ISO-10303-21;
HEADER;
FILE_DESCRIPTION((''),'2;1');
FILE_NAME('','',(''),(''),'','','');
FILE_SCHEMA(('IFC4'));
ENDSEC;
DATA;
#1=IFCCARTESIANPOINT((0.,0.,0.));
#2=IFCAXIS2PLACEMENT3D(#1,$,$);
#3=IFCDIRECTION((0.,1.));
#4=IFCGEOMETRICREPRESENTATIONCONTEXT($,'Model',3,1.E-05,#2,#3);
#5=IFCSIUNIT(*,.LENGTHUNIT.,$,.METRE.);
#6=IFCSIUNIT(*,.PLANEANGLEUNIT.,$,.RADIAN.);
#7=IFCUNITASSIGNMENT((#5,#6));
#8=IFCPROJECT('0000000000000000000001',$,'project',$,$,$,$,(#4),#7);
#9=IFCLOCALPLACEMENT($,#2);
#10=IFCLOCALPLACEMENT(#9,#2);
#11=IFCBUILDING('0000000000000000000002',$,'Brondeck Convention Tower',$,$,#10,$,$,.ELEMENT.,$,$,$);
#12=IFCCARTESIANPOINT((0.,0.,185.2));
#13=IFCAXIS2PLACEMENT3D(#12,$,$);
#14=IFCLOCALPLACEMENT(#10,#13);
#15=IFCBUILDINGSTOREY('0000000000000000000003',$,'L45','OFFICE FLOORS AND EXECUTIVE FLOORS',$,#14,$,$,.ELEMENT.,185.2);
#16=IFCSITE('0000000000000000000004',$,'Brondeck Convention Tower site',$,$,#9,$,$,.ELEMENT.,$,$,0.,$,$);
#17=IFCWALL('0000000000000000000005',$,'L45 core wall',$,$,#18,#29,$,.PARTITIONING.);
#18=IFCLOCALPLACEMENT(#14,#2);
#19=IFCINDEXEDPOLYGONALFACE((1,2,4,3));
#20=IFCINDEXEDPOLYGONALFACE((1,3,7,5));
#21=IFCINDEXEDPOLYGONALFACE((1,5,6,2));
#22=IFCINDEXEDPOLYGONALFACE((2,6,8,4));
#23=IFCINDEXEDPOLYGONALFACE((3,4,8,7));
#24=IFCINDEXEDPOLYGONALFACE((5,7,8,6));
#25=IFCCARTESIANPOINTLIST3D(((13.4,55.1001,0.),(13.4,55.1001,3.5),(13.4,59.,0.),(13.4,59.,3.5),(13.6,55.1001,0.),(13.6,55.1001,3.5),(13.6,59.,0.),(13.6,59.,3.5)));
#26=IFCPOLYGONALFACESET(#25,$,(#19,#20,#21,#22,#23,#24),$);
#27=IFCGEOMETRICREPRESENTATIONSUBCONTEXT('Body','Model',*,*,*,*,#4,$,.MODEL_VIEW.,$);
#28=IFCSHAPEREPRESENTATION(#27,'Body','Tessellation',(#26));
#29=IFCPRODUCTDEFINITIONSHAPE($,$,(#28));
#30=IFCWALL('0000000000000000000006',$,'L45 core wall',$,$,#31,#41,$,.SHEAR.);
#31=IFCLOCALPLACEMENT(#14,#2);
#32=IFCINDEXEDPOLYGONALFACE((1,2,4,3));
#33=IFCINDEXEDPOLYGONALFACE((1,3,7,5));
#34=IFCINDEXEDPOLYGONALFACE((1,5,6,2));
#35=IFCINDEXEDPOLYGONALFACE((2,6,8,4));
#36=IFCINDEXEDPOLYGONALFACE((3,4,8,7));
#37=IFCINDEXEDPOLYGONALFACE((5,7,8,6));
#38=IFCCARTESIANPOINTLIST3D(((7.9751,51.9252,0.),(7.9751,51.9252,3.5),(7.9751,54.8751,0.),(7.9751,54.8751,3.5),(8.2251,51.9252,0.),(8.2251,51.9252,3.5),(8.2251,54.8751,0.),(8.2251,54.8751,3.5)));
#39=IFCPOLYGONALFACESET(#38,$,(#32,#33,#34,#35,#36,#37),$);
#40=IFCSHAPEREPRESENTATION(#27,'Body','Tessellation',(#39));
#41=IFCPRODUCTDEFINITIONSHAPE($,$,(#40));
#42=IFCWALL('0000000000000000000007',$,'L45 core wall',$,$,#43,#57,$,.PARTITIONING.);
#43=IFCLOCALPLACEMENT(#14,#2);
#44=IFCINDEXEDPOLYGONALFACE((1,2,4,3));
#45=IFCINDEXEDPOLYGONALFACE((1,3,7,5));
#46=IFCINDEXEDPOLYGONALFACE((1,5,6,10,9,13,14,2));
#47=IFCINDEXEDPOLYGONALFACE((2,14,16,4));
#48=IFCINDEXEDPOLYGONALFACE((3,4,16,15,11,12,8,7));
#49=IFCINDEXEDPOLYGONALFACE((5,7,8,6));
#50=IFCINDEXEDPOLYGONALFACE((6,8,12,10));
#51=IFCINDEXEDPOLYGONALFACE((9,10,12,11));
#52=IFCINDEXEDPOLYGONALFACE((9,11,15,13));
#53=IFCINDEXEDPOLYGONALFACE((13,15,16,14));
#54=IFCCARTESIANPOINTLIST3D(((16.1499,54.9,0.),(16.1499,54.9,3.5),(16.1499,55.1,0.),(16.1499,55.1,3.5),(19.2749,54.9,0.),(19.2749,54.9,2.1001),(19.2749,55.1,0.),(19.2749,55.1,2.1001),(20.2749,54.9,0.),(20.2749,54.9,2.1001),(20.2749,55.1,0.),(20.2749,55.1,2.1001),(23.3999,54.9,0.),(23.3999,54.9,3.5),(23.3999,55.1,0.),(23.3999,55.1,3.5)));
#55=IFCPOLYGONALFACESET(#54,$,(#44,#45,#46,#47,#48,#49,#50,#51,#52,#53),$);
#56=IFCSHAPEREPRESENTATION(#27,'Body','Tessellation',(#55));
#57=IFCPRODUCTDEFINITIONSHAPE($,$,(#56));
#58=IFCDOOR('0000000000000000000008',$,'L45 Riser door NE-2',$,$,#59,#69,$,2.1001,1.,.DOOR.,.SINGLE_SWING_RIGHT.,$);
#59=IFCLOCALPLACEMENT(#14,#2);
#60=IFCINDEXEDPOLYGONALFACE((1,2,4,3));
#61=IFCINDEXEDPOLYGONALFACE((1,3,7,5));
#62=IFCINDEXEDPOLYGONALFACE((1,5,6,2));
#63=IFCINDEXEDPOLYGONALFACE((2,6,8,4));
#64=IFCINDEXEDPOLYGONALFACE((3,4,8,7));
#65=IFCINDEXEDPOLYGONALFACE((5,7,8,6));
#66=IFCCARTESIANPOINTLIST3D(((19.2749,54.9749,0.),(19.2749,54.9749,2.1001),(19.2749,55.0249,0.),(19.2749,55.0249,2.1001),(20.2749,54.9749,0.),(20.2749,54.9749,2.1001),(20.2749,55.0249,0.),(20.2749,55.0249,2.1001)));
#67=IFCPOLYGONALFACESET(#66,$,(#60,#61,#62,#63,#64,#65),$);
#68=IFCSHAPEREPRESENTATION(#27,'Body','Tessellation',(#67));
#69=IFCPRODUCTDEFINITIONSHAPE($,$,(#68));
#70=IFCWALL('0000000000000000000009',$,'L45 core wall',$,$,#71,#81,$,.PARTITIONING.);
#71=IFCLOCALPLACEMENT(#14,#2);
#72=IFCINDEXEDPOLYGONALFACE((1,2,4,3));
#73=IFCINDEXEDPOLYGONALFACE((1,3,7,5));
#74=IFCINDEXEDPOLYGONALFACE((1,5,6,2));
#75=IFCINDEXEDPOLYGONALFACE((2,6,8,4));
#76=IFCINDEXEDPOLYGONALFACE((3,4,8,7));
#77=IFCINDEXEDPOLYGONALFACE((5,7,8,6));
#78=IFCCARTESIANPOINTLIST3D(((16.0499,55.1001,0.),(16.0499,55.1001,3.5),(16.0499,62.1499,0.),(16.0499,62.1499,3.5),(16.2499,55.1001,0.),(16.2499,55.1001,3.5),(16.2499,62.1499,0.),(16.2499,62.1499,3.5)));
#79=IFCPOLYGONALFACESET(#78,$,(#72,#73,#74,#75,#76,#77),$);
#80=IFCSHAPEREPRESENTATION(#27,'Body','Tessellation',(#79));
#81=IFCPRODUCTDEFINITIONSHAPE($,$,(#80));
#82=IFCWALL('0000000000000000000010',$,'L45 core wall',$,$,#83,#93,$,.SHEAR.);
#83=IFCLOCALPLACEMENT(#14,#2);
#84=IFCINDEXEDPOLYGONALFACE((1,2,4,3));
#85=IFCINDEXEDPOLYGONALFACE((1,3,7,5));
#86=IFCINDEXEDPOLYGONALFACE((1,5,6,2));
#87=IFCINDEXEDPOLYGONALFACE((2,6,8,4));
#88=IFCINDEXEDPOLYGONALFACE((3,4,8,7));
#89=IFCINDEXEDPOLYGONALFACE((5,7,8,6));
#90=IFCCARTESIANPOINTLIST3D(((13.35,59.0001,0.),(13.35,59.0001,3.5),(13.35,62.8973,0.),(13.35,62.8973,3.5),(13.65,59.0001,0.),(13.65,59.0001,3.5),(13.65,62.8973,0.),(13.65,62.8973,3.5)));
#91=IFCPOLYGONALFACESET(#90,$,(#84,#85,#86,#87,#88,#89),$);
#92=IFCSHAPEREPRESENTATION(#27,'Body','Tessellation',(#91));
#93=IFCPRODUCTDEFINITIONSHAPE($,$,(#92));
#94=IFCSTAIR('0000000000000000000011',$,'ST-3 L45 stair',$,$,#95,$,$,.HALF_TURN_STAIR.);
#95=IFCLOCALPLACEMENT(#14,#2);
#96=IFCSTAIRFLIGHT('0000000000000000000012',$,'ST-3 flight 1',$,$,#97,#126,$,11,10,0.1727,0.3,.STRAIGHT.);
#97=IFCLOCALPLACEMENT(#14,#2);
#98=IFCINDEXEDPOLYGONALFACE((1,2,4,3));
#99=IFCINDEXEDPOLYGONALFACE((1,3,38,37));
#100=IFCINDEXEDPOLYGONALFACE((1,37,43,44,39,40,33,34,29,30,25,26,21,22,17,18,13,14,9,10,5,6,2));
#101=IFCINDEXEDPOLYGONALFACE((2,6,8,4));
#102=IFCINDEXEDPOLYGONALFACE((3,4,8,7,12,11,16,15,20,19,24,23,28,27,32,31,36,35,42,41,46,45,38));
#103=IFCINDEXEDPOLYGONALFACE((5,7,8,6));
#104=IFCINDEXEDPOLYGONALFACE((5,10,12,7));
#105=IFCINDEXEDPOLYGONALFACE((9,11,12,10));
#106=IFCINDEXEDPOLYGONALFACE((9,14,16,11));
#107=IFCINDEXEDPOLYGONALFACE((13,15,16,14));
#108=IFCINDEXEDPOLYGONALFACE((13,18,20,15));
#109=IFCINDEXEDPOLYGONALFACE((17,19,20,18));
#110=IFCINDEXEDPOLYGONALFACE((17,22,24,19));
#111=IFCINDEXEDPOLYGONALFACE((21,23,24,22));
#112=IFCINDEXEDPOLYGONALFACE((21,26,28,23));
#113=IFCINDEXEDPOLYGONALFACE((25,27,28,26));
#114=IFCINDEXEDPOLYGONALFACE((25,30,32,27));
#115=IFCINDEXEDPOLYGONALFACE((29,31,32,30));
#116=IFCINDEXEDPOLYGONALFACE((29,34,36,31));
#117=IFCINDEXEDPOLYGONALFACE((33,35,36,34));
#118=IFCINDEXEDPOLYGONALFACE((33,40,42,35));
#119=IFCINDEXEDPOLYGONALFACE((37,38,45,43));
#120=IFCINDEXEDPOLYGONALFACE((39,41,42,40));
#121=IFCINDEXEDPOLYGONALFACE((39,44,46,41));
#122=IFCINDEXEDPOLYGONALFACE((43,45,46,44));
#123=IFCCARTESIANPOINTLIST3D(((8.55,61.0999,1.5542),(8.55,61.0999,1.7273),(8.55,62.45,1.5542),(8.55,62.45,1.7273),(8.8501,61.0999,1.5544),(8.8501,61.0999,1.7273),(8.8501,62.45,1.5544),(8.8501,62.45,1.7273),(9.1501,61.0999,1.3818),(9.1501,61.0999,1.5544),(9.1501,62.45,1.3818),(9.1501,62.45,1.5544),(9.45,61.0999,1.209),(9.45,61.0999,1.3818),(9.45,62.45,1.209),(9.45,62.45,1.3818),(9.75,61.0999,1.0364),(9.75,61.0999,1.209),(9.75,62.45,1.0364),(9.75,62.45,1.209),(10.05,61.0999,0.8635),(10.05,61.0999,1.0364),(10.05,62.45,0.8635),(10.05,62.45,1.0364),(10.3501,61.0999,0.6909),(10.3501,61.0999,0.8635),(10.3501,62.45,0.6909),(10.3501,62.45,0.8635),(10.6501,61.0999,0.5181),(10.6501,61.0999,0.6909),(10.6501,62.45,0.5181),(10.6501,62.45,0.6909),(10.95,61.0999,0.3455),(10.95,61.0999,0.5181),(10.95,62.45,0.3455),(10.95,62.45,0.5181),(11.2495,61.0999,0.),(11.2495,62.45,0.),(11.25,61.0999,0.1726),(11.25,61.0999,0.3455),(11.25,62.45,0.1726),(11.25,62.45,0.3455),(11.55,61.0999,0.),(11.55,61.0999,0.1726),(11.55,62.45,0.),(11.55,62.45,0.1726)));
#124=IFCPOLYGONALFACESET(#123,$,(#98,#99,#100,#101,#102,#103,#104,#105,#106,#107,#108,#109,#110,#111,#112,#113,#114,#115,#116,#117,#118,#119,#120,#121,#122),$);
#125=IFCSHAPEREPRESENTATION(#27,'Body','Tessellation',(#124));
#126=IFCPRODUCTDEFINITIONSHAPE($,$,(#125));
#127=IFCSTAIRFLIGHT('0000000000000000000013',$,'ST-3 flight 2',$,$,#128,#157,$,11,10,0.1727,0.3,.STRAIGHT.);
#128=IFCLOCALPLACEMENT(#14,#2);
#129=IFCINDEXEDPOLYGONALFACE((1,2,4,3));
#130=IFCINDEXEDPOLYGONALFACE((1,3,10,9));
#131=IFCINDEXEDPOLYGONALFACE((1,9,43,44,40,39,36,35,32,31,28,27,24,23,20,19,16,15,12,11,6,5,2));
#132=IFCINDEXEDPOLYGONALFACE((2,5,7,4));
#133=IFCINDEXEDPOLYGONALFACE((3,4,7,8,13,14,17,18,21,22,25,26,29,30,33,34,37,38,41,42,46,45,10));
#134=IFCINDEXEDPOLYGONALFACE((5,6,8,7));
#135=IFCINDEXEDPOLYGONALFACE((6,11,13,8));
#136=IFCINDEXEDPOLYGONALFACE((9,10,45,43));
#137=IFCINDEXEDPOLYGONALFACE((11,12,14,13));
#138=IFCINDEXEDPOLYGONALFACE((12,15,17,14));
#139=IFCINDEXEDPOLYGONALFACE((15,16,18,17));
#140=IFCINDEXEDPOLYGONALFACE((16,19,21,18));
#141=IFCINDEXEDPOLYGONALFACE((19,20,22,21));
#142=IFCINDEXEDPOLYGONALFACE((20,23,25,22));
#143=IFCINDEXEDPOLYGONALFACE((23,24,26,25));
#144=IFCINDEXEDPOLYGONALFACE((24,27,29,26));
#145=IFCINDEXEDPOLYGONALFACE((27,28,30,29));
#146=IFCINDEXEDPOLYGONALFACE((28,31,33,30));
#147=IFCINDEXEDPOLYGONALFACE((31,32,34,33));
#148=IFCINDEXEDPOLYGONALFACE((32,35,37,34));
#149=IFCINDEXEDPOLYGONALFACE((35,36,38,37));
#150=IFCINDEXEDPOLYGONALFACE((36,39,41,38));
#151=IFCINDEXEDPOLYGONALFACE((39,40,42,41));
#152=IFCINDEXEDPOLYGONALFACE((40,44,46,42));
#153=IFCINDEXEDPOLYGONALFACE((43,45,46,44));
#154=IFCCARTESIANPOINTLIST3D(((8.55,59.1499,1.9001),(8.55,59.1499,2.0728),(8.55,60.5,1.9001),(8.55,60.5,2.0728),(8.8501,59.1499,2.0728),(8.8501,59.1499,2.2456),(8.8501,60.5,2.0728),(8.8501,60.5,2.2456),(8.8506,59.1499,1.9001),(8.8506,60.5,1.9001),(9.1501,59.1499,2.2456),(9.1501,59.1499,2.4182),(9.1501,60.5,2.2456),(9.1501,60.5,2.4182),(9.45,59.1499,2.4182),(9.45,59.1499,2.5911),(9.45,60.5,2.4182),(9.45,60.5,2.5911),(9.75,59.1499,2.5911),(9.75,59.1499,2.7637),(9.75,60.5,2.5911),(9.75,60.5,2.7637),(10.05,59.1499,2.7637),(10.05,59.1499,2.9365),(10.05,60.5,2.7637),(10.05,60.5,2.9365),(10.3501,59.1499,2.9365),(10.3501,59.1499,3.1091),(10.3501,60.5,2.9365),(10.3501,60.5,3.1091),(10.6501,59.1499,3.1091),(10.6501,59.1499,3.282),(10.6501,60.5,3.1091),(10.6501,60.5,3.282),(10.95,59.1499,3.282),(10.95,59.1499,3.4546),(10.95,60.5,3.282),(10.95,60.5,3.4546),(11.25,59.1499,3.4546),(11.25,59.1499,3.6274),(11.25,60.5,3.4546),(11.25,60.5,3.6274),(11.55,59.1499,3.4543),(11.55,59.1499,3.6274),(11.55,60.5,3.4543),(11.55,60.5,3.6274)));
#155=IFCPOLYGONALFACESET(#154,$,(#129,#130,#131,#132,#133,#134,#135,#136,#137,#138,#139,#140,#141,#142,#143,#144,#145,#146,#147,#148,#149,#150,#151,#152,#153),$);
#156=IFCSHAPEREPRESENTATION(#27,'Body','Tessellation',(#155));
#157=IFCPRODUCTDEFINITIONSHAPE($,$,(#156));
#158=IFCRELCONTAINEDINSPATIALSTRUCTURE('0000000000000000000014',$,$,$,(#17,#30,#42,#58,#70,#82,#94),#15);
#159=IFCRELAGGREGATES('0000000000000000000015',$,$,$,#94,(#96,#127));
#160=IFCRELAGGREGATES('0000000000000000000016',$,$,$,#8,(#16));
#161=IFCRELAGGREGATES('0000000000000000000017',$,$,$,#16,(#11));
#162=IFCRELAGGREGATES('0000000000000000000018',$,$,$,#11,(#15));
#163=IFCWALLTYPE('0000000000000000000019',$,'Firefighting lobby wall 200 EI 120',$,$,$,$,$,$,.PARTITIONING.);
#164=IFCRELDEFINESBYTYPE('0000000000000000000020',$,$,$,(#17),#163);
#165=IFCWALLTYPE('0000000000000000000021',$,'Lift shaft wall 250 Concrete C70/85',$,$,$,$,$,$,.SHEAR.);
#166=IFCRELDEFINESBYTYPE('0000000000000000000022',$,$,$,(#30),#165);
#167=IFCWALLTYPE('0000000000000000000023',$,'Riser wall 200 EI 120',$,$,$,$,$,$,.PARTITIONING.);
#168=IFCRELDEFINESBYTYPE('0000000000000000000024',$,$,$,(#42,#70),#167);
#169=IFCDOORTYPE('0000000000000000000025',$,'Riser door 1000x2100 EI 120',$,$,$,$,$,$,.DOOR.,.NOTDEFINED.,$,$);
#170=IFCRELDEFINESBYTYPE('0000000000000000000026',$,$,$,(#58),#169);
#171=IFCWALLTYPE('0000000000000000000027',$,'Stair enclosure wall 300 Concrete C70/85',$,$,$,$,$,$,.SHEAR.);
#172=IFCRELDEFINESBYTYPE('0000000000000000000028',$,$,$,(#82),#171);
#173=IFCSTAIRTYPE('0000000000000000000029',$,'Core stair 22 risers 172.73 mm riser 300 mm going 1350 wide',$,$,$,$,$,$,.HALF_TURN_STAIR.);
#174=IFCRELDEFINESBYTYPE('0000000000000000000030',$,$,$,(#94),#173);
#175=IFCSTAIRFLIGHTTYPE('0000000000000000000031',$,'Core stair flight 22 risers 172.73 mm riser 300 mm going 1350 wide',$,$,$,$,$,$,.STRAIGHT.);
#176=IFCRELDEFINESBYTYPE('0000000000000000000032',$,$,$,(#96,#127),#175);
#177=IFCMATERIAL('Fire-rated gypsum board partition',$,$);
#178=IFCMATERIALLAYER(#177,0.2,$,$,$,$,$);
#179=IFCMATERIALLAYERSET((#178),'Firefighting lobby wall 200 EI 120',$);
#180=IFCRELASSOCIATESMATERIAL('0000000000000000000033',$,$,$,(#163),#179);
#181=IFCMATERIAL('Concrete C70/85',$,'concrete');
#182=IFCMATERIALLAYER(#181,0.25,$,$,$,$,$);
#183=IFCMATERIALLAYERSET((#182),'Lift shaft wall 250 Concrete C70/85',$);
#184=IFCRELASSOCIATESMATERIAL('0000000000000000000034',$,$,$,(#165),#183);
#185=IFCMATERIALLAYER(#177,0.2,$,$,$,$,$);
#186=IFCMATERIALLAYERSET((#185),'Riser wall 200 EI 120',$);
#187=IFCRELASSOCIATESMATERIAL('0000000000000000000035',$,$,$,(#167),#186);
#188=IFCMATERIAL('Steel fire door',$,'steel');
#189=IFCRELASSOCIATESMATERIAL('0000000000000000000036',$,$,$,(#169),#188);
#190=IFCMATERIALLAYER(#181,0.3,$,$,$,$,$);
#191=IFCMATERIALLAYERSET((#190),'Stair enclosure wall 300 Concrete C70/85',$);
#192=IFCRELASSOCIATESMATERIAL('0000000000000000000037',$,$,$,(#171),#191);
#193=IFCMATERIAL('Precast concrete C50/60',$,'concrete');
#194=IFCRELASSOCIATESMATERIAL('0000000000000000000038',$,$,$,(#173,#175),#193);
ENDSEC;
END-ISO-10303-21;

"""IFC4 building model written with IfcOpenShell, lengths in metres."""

from ifc_helpers import new_model, si_unit, direction, frame, frame_2d, origin, place, context, subcontext, project, spatial, polyline, rectangle, outline, extrude, material, layer, layer_set, type_object, element, fill, aggregate, save


model = new_model("IFC4")

# Units and contexts
model_context = context("Model", 3, precision=1e-05, world=origin(), true_north=direction((0.0, 1.0)))
body_context = subcontext(model_context, "Body", "Model", "MODEL_VIEW")
ifc_project = project(units=[si_unit("LENGTHUNIT", "METRE"), si_unit("PLANEANGLEUNIT", "RADIAN")], contexts=[model_context])

# Site, building, storey
site_placement = place(None, origin())
site = spatial("IfcSite", under=ifc_project, at=site_placement, Name="Brondeck Convention Tower site", CompositionType="ELEMENT", RefElevation=0.0)
building_placement = place(site_placement, origin())
building = spatial("IfcBuilding", under=site, at=building_placement, Name="Brondeck Convention Tower", CompositionType="ELEMENT")
storey_placement = place(building_placement, frame((0.0, 0.0, 185.2)))
storey = spatial("IfcBuildingStorey", under=building, at=storey_placement, Name="L45", Description="OFFICE FLOORS AND EXECUTIVE FLOORS", CompositionType="ELEMENT", Elevation=185.2)

# Shared definitions
ifc_material_1 = material(Name="Concrete C70/85", Category="concrete")

# Shared definitions
ifc_material_2 = material(Name="Fire-rated gypsum board partition")

# Shared definitions
ifc_material_3 = material(Name="Steel fire door", Category="steel")

# Shared definitions
ifc_layer_1 = layer(ifc_material_2, 0.2)
ifc_layer_set_1 = layer_set([ifc_layer_1], Name="Firefighting lobby wall 200 EI 120")
wall_type_1 = type_object("IfcWallType", Name="Firefighting lobby wall 200 EI 120", PredefinedType="PARTITIONING", material=ifc_layer_set_1)

# Walls
wall_1_placement = place(storey_placement, frame((13.5, 55.1001, 0.0), z_axis=(0.0, 0.0, 1.0), x_axis=(0.0, 1.0, 0.0)))
element("IfcWall", 1, at=wall_1_placement, inside=storey, type_object=wall_type_1, Name="L45 core wall", PredefinedType="PARTITIONING", context=body_context, shape_type="SweptSolid", body=[
    extrude(rectangle(XDim=3.8999, YDim=0.2, at=frame_2d((1.95, 0.0))), origin(), (0.0, 0.0, 1.0), 3.5),
])
ifc_layer_2 = layer(ifc_material_1, 0.25)
ifc_layer_set_2 = layer_set([ifc_layer_2], Name="Lift shaft wall 250 Concrete C70/85")
wall_type_2 = type_object("IfcWallType", Name="Lift shaft wall 250 Concrete C70/85", PredefinedType="SHEAR", material=ifc_layer_set_2)
wall_2_placement = place(storey_placement, frame((8.1001, 51.925, 0.0), z_axis=(0.0, 0.0, 1.0), x_axis=(0.0, 1.0, 0.0)))
element("IfcWall", 2, at=wall_2_placement, inside=storey, type_object=wall_type_2, Name="L45 core wall", PredefinedType="SHEAR", context=body_context, shape_type="SweptSolid", body=[
    extrude(rectangle(XDim=2.95, YDim=0.25, at=frame_2d((1.4751, 0.0))), origin(), (0.0, 0.0, 1.0), 3.5),
])

# Wall, opening, door
ifc_layer_3 = layer(ifc_material_2, 0.2)
ifc_layer_set_3 = layer_set([ifc_layer_3], Name="Riser wall 200 EI 120")
wall_type_3 = type_object("IfcWallType", Name="Riser wall 200 EI 120", PredefinedType="PARTITIONING", material=ifc_layer_set_3)
wall_3_placement = place(storey_placement, frame((16.1499, 55.0, 0.0), z_axis=(0.0, 0.0, 1.0), x_axis=(1.0, 0.0, 0.0)))
wall_3 = element("IfcWall", 3, at=wall_3_placement, inside=storey, type_object=wall_type_3, Name="L45 core wall", PredefinedType="PARTITIONING", context=body_context, shape_type="SweptSolid", body=[
    extrude(rectangle(XDim=7.25, YDim=0.2, at=frame_2d((3.625, 0.0))), origin(), (0.0, 0.0, 1.0), 3.5),
])
opening_1_placement = place(wall_3_placement, frame((3.125, 0.0, 0.0)))
opening_1 = element("IfcOpeningElement", 4, at=opening_1_placement, cuts=wall_3, PredefinedType="OPENING", context=body_context, shape_type="SweptSolid", body=[
    extrude(rectangle(XDim=1.0, YDim=2.1001, at=frame_2d((0.5, 1.05))), frame((0.0, 0.1099, 0.0), z_axis=(0.0, -1.0, 0.0), x_axis=(1.0, 0.0, 0.0)), (0.0, 0.0, 1.0), 0.22),
])
door_type_1 = type_object("IfcDoorType", Name="Riser door 1000x2100 EI 120", OperationType="NOTDEFINED", PredefinedType="DOOR", material=ifc_material_3)
door_1_placement = place(opening_1_placement, origin())
door_1 = element("IfcDoor", 5, at=door_1_placement, inside=storey, type_object=door_type_1, Name="L45 Riser door NE-2", OperationType="SINGLE_SWING_RIGHT", OverallHeight=2.1001, OverallWidth=1.0, PredefinedType="DOOR", context=body_context, shape_type="SweptSolid", body=[
    extrude(rectangle(XDim=1.0, YDim=2.1001, at=frame_2d((0.5, 1.05))), frame((0.0, 0.0249, 0.0), z_axis=(0.0, -1.0, 0.0), x_axis=(1.0, 0.0, 0.0)), (0.0, 0.0, 1.0), 0.05),
])
fill(opening_1, door_1)

# Walls
wall_4_placement = place(storey_placement, frame((16.1499, 55.1001, 0.0), z_axis=(0.0, 0.0, 1.0), x_axis=(0.0, 1.0, 0.0)))
element("IfcWall", 6, at=wall_4_placement, inside=storey, type_object=wall_type_3, Name="L45 core wall", PredefinedType="PARTITIONING", context=body_context, shape_type="SweptSolid", body=[
    extrude(rectangle(XDim=7.0498, YDim=0.2, at=frame_2d((3.5249, 0.0))), origin(), (0.0, 0.0, 1.0), 3.5),
])
ifc_layer_4 = layer(ifc_material_1, 0.3)
ifc_layer_set_4 = layer_set([ifc_layer_4], Name="Stair enclosure wall 300 Concrete C70/85")
wall_type_4 = type_object("IfcWallType", Name="Stair enclosure wall 300 Concrete C70/85", PredefinedType="SHEAR", material=ifc_layer_set_4)
wall_5_placement = place(storey_placement, frame((13.5, 59.0, 0.0), z_axis=(0.0, 0.0, 1.0), x_axis=(0.0, 1.0, 0.0)))
element("IfcWall", 7, at=wall_5_placement, inside=storey, type_object=wall_type_4, Name="L45 core wall", PredefinedType="SHEAR", context=body_context, shape_type="SweptSolid", body=[
    extrude(rectangle(XDim=3.8972, YDim=0.3, at=frame_2d((1.9487, 0.0))), origin(), (0.0, 0.0, 1.0), 3.5),
])

# Stair, stair flights
ifc_material_4 = material(Name="Precast concrete C50/60", Category="concrete")
stair_type = type_object("IfcStairType", Name="Core stair 22 risers 172.73 mm riser 300 mm going 1350 wide", PredefinedType="HALF_TURN_STAIR", material=ifc_material_4)
stair_placement = place(storey_placement, origin())
stair = element("IfcStair", 8, at=stair_placement, inside=storey, type_object=stair_type, Name="ST-3 L45 stair", PredefinedType="HALF_TURN_STAIR")
stair_flight_type = type_object("IfcStairFlightType", Name="Core stair flight 22 risers 172.73 mm riser 300 mm going 1350 wide", PredefinedType="STRAIGHT", material=ifc_material_4)
stair_flight_1_placement = place(storey_placement, frame((11.55, 61.7749, 0.0), z_axis=(0.0, 0.0, 1.0), x_axis=(-1.0, 0.0, 0.0)))
stair_flight_1 = element("IfcStairFlight", 9, at=stair_flight_1_placement, type_object=stair_flight_type, Name="ST-3 flight 1", NumberOfRisers=11, NumberOfTreads=10, PredefinedType="STRAIGHT", RiserHeight=0.1727, TreadLength=0.3, context=body_context, shape_type="SweptSolid", body=[
    extrude(outline(polyline([(0.0, 0.0), (0.0, 0.1726), (0.3, 0.1726), (0.3, 0.3455), (0.6001, 0.3455), (0.6001, 0.5181), (0.8999, 0.5181), (0.8999, 0.6909), (1.2, 0.6909), (1.2, 0.8635), (1.5, 0.8635), (1.5, 1.0364), (1.8, 1.0364), (1.8, 1.209), (2.1001, 1.209), (2.1001, 1.3818), (2.3999, 1.3818), (2.3999, 1.5544), (2.7, 1.5544), (2.7, 1.7273), (3.0, 1.7273), (3.0, 1.8999), (3.0, 1.5542), (0.3005, 0.0), (0.0, 0.0)])), frame((0.0, 0.675, 0.0), z_axis=(0.0, -1.0, 0.0), x_axis=(1.0, 0.0, 0.0)), (0.0, 0.0, 1.0), 1.3501),
])
stair_flight_2_placement = place(storey_placement, frame((8.55, 59.825, 1.9001), z_axis=(0.0, 0.0, 1.0), x_axis=(1.0, 0.0, 0.0)))
stair_flight_2 = element("IfcStairFlight", 10, at=stair_flight_2_placement, type_object=stair_flight_type, Name="ST-3 flight 2", NumberOfRisers=11, NumberOfTreads=10, PredefinedType="STRAIGHT", RiserHeight=0.1727, TreadLength=0.3, context=body_context, shape_type="SweptSolid", body=[
    extrude(outline(polyline([(0.0, 0.0), (0.0, 0.1726), (0.3, 0.1726), (0.3, 0.3455), (0.6001, 0.3455), (0.6001, 0.5181), (0.8999, 0.5181), (0.8999, 0.6909), (1.2, 0.6909), (1.2, 0.8635), (1.5, 0.8635), (1.5, 1.0364), (1.8, 1.0364), (1.8, 1.209), (2.1001, 1.209), (2.1001, 1.3818), (2.3999, 1.3818), (2.3999, 1.5544), (2.7, 1.5544), (2.7, 1.7273), (3.0, 1.7273), (3.0, 1.8999), (3.0, 1.5542), (0.3005, 0.0), (0.0, 0.0)])), frame((0.0, 0.675, 0.0), z_axis=(0.0, -1.0, 0.0), x_axis=(1.0, 0.0, 0.0)), (0.0, 0.0, 1.0), 1.3501),
])
aggregate(stair, [stair_flight_1, stair_flight_2])

save(model, "model.ifc")
